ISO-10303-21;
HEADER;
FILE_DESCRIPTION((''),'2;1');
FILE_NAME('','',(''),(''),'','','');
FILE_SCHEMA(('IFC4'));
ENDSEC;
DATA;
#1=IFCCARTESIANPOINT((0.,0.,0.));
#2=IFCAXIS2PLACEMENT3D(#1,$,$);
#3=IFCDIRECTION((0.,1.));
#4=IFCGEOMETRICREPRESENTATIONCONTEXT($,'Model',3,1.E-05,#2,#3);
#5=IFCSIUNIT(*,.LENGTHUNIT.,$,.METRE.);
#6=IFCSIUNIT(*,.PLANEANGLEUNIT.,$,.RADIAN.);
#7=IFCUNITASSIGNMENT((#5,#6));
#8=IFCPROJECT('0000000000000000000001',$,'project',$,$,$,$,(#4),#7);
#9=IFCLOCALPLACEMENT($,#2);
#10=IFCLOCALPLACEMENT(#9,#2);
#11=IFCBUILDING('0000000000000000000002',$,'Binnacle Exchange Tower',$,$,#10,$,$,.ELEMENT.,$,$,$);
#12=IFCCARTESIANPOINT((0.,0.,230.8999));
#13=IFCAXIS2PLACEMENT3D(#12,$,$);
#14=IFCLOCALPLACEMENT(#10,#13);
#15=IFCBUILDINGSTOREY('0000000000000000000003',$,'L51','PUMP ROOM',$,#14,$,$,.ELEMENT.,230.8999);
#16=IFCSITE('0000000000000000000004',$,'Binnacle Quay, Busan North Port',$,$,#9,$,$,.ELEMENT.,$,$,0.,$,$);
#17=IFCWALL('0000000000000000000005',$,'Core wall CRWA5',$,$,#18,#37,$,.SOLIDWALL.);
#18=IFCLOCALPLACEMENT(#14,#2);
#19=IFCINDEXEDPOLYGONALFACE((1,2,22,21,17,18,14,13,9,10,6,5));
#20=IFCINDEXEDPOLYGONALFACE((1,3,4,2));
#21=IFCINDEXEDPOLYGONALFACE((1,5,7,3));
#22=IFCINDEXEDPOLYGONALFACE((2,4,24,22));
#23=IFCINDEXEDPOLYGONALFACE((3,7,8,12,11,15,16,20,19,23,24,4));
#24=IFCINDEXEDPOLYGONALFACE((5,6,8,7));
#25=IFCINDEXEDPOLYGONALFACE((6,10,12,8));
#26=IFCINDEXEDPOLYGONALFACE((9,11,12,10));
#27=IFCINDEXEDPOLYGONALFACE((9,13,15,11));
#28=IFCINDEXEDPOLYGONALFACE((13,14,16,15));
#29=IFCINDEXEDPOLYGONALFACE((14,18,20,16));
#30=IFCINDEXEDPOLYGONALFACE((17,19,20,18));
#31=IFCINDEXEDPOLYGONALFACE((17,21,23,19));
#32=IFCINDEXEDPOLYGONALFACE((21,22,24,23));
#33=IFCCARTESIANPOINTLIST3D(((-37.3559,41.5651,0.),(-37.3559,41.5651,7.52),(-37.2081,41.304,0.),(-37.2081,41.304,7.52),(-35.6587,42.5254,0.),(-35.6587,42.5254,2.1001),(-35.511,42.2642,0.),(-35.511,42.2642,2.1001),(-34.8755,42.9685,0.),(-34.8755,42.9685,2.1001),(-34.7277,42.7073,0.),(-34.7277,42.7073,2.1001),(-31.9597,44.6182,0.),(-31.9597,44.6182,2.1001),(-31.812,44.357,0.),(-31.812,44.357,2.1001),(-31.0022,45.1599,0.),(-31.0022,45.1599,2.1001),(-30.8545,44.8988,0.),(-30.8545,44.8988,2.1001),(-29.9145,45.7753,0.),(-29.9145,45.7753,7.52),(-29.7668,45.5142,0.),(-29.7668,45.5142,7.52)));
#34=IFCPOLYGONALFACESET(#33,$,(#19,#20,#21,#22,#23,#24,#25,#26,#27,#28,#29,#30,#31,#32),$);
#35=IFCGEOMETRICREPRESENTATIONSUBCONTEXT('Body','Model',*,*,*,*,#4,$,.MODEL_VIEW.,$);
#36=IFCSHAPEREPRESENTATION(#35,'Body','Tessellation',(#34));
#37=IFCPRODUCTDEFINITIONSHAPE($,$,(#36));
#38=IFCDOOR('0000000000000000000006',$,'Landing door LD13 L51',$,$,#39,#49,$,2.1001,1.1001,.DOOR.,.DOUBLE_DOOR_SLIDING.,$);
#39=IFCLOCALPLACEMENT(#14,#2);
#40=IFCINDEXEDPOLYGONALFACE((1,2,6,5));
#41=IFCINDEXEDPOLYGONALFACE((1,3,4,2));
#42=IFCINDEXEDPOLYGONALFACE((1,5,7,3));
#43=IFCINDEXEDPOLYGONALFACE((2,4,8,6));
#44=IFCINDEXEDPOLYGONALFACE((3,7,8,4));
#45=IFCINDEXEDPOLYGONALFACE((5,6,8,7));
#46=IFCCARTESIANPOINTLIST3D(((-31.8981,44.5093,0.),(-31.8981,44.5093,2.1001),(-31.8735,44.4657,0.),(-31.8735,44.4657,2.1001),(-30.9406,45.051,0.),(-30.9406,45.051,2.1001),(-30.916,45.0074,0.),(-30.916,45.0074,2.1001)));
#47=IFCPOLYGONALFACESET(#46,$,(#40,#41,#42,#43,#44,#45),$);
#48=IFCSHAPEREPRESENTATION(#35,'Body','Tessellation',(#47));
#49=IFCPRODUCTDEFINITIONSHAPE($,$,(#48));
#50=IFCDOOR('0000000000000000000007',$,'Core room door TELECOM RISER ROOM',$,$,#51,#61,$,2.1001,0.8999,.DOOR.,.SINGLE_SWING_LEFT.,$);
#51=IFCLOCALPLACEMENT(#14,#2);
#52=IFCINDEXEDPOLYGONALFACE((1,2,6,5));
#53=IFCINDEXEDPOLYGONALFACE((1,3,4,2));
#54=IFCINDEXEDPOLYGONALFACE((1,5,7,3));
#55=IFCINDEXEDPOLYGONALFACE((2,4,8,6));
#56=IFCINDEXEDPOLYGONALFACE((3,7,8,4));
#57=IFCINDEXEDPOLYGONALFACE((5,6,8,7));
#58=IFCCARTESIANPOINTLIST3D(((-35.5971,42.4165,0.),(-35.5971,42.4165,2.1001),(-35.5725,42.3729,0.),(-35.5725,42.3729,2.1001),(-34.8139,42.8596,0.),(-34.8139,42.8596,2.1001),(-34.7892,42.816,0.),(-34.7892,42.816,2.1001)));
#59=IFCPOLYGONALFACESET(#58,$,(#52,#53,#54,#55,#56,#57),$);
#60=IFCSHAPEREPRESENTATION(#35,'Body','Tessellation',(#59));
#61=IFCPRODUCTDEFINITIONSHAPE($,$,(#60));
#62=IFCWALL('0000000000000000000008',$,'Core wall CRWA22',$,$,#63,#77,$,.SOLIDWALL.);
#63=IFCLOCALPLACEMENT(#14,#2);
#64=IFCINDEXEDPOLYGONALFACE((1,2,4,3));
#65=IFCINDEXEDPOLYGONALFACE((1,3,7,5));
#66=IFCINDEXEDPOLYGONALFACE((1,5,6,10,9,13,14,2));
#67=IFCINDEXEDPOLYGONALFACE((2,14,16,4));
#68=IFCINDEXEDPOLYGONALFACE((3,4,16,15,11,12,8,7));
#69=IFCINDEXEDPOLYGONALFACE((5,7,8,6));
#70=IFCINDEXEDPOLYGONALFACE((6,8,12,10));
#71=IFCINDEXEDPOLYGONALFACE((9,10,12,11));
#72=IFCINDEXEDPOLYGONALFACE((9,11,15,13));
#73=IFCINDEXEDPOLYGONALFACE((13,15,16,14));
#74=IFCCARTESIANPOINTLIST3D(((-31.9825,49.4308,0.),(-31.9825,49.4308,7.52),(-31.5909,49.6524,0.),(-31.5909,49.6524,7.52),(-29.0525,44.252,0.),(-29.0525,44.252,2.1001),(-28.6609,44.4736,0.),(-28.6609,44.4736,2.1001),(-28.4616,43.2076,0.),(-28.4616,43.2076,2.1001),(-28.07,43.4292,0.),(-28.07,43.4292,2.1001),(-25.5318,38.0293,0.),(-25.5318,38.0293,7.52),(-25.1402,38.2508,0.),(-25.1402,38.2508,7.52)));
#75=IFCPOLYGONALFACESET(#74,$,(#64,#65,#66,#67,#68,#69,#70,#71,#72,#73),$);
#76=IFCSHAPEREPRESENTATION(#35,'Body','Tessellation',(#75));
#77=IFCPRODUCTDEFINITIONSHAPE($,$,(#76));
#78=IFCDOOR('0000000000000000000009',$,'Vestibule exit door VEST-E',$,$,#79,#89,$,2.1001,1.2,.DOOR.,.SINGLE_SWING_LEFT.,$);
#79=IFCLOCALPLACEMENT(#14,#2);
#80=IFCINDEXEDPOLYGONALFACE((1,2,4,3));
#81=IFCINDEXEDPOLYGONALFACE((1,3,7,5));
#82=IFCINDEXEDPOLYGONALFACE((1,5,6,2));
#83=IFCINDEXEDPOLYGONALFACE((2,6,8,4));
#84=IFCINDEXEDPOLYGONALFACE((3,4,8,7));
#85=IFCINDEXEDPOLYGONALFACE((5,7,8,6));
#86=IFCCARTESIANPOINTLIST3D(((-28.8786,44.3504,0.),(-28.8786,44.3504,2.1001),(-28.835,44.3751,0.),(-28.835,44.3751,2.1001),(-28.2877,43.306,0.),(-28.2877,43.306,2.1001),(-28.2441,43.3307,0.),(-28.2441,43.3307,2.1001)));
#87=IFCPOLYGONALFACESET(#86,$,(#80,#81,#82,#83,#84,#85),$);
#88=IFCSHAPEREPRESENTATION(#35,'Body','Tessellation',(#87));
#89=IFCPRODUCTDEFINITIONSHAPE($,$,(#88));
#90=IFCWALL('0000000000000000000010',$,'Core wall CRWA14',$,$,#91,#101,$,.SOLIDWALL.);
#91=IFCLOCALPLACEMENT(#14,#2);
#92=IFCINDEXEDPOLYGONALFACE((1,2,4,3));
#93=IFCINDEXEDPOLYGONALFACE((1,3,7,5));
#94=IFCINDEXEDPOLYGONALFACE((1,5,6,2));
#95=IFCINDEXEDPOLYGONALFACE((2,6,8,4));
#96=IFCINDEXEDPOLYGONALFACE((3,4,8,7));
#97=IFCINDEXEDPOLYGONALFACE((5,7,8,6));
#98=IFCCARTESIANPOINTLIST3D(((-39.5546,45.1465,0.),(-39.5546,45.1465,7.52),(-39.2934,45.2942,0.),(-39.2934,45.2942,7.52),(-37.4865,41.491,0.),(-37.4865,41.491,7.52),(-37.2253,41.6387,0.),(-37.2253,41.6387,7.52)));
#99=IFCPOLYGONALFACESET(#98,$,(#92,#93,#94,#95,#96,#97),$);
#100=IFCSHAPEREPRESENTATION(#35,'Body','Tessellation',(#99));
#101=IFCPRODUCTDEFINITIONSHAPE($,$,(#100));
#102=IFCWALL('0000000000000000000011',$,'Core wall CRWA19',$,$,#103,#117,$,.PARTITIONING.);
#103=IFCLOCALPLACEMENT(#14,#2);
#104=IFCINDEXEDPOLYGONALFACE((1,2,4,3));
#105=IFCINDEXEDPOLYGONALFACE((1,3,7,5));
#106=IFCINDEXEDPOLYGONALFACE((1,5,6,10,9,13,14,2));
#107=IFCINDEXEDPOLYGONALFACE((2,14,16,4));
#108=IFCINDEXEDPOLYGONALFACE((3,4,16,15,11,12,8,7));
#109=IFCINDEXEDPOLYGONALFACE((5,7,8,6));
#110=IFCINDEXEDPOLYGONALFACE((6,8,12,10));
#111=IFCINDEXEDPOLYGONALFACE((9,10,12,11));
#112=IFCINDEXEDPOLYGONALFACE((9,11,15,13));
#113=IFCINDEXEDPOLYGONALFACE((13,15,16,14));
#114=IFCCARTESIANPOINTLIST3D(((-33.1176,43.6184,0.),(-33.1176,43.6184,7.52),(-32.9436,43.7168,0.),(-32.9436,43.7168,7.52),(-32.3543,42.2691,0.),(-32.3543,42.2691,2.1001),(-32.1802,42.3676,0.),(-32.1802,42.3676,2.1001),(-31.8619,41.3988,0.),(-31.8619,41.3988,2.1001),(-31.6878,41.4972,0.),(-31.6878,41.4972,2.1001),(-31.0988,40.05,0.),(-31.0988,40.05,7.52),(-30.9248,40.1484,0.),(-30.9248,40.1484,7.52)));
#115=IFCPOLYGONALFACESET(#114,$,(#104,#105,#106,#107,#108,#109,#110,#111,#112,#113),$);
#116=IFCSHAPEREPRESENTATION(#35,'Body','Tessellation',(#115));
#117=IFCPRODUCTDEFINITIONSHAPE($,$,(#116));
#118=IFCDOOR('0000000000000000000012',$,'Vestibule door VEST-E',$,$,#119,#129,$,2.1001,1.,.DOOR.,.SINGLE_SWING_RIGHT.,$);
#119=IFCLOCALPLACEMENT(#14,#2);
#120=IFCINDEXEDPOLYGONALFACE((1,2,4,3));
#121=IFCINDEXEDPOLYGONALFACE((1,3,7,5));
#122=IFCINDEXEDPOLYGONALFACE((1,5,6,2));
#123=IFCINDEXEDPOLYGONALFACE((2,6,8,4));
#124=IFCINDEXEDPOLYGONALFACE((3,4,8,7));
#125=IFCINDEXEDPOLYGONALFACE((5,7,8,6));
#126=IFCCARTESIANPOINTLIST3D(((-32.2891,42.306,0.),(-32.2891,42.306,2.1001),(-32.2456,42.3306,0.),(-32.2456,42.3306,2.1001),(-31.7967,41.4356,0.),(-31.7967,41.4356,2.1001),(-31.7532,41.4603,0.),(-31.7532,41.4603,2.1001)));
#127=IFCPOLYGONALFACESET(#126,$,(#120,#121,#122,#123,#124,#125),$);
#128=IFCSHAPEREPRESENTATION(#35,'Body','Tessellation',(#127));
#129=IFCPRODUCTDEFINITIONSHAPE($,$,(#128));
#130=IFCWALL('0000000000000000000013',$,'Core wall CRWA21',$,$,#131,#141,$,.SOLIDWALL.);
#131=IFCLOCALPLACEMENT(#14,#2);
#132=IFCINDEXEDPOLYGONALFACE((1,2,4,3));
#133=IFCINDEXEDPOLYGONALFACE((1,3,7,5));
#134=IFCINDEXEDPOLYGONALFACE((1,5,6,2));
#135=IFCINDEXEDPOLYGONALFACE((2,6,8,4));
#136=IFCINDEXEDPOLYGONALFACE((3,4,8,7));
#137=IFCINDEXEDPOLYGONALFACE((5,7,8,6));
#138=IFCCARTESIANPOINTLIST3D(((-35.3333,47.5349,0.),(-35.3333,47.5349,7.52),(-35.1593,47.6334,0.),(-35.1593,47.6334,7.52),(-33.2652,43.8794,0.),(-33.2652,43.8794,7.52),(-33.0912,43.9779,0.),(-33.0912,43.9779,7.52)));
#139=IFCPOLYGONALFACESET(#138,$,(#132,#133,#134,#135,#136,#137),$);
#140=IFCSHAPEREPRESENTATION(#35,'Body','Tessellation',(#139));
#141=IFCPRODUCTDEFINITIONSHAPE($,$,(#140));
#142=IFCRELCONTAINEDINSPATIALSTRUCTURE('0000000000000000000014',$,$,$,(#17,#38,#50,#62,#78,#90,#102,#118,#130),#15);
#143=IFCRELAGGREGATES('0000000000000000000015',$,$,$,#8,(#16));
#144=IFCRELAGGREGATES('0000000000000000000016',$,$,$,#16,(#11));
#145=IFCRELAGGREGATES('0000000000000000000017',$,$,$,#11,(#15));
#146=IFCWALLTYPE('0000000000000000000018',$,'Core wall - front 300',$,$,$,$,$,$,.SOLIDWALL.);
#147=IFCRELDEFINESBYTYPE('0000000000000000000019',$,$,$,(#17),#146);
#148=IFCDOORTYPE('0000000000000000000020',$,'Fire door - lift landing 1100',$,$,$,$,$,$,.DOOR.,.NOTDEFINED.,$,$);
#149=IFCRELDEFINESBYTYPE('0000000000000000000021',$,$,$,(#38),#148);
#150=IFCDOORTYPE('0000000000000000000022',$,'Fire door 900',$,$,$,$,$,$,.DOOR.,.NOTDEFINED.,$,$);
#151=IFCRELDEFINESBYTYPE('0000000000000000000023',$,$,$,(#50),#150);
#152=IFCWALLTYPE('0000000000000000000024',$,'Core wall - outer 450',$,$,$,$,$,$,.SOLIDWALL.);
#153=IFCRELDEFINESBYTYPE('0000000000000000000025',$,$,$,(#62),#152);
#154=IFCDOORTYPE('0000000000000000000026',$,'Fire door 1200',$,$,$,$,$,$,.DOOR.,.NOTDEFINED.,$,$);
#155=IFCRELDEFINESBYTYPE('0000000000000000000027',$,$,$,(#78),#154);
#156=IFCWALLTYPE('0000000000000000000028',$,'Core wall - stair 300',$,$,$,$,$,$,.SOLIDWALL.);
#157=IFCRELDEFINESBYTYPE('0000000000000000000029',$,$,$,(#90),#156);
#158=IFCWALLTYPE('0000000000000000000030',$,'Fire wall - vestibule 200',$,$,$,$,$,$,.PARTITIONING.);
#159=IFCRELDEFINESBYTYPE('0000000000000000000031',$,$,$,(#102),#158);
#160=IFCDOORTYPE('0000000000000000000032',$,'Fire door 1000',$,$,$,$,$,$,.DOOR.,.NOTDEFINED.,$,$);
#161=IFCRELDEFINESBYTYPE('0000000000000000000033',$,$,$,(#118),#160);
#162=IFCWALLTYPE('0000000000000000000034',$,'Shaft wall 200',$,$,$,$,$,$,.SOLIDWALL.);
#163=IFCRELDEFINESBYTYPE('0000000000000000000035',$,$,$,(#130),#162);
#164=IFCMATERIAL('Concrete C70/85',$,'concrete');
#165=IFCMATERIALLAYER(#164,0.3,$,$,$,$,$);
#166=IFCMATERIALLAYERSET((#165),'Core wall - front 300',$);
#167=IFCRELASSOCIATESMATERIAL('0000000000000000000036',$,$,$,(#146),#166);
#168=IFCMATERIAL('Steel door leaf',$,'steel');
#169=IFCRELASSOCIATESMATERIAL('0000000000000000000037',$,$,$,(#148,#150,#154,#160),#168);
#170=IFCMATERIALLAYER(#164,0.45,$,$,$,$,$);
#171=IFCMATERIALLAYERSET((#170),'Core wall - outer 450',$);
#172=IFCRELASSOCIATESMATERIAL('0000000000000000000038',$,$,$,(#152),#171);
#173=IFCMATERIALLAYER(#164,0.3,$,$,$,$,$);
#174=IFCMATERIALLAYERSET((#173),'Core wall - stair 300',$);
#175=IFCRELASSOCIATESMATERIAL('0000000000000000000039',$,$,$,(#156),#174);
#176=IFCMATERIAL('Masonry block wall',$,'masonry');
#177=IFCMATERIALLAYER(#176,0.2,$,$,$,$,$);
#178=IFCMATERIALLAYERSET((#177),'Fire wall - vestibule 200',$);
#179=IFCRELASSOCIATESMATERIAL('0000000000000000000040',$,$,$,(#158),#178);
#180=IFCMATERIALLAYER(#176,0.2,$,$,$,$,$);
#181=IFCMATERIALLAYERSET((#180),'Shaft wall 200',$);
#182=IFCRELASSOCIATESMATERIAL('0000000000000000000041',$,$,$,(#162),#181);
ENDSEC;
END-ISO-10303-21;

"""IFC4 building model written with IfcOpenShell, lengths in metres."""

from ifc_helpers import new_model, si_unit, direction, frame, frame_2d, origin, place, context, subcontext, project, spatial, rectangle, extrude, material, layer, layer_set, type_object, element, fill, save


model = new_model("IFC4")

# Units and contexts
model_context = context("Model", 3, precision=1e-05, world=origin(), true_north=direction((0.0, 1.0)))
body_context = subcontext(model_context, "Body", "Model", "MODEL_VIEW")
ifc_project = project(units=[si_unit("LENGTHUNIT", "METRE"), si_unit("PLANEANGLEUNIT", "RADIAN")], contexts=[model_context])

# Site, building, storey
site_placement = place(None, origin())
site = spatial("IfcSite", under=ifc_project, at=site_placement, Name="Binnacle Quay, Busan North Port", CompositionType="ELEMENT", RefElevation=0.0)
building_placement = place(site_placement, origin())
building = spatial("IfcBuilding", under=site, at=building_placement, Name="Binnacle Exchange Tower", CompositionType="ELEMENT")
storey_placement = place(building_placement, frame((0.0, 0.0, 230.8999)))
storey = spatial("IfcBuildingStorey", under=building, at=storey_placement, Name="L51", Description="PUMP ROOM", CompositionType="ELEMENT", Elevation=230.8999)

# Wall, openings, doors
ifc_material_1 = material(Name="Concrete C70/85", Category="concrete")
ifc_layer_1 = layer(ifc_material_1, 0.3)
ifc_layer_set_1 = layer_set([ifc_layer_1], Name="Core wall - front 300")
wall_type_1 = type_object("IfcWallType", Name="Core wall - front 300", PredefinedType="SOLIDWALL", material=ifc_layer_set_1)
wall_1_placement = place(storey_placement, frame((-37.282, 41.4346, 0.0), z_axis=(0.0, 0.0, 1.0), x_axis=(0.870353, 0.492429, 0.0)))
wall_1 = element("IfcWall", 1, at=wall_1_placement, inside=storey, type_object=wall_type_1, Name="Core wall CRWA5", PredefinedType="SOLIDWALL", context=body_context, shape_type="SweptSolid", body=[
    extrude(rectangle(XDim=8.5498, YDim=0.3, at=frame_2d((4.2749, 0.0))), origin(), (0.0, 0.0, 1.0), 7.52),
])
opening_1_placement = place(wall_1_placement, frame((6.2, 0.0, 0.0)))
opening_1 = element("IfcOpeningElement", 2, at=opening_1_placement, cuts=wall_1, PredefinedType="OPENING", context=body_context, shape_type="SweptSolid", body=[
    extrude(rectangle(XDim=1.1001, YDim=2.1001, at=frame_2d((0.55, 1.05))), frame((0.0, 0.1599, 0.0), z_axis=(0.0, -1.0, 0.0), x_axis=(1.0, 0.0, 0.0)), (0.0, 0.0, 1.0), 0.3201),
])
opening_2_placement = place(wall_1_placement, frame((1.95, 0.0, 0.0)))
opening_2 = element("IfcOpeningElement", 3, at=opening_2_placement, cuts=wall_1, PredefinedType="OPENING", context=body_context, shape_type="SweptSolid", body=[
    extrude(rectangle(XDim=0.8999, YDim=2.1001, at=frame_2d((0.45, 1.05))), frame((0.0, 0.1599, 0.0), z_axis=(0.0, -1.0, 0.0), x_axis=(1.0, 0.0, 0.0)), (0.0, 0.0, 1.0), 0.3201),
])
ifc_material_2 = material(Name="Steel door leaf", Category="steel")
door_type_1 = type_object("IfcDoorType", Name="Fire door - lift landing 1100", OperationType="NOTDEFINED", PredefinedType="DOOR", material=ifc_material_2)
door_1_placement = place(opening_1_placement, origin())
door_1 = element("IfcDoor", 4, at=door_1_placement, inside=storey, type_object=door_type_1, Name="Landing door LD13 L51", OperationType="DOUBLE_DOOR_SLIDING", OverallHeight=2.1001, OverallWidth=1.1001, PredefinedType="DOOR", context=body_context, shape_type="SweptSolid", body=[
    extrude(rectangle(XDim=1.1001, YDim=2.1001, at=frame_2d((0.55, 1.05))), frame((0.0, 0.0249, 0.0), z_axis=(0.0, -1.0, 0.0), x_axis=(1.0, 0.0, 0.0)), (0.0, 0.0, 1.0), 0.05),
])
fill(opening_1, door_1)
door_type_2 = type_object("IfcDoorType", Name="Fire door 900", OperationType="NOTDEFINED", PredefinedType="DOOR", material=ifc_material_2)
door_2_placement = place(opening_2_placement, origin())
door_2 = element("IfcDoor", 5, at=door_2_placement, inside=storey, type_object=door_type_2, Name="Core room door TELECOM RISER ROOM", OperationType="SINGLE_SWING_LEFT", OverallHeight=2.1001, OverallWidth=0.8999, PredefinedType="DOOR", context=body_context, shape_type="SweptSolid", body=[
    extrude(rectangle(XDim=0.8999, YDim=2.1001, at=frame_2d((0.45, 1.05))), frame((0.0, 0.0249, 0.0), z_axis=(0.0, -1.0, 0.0), x_axis=(1.0, 0.0, 0.0)), (0.0, 0.0, 1.0), 0.05),
])
fill(opening_2, door_2)

# Wall, opening, door
ifc_layer_2 = layer(ifc_material_1, 0.45)
ifc_layer_set_2 = layer_set([ifc_layer_2], Name="Core wall - outer 450")
wall_type_2 = type_object("IfcWallType", Name="Core wall - outer 450", PredefinedType="SOLIDWALL", material=ifc_layer_set_2)
wall_2_placement = place(storey_placement, frame((-31.7866, 49.5415, 0.0), z_axis=(0.0, 0.0, 1.0), x_axis=(0.492421, -0.870357, 0.0)))
wall_2 = element("IfcWall", 6, at=wall_2_placement, inside=storey, type_object=wall_type_2, Name="Core wall CRWA22", PredefinedType="SOLIDWALL", context=body_context, shape_type="SweptSolid", body=[
    extrude(rectangle(XDim=13.0999, YDim=0.45, at=frame_2d((6.5498, 0.0))), origin(), (0.0, 0.0, 1.0), 7.52),
])
opening_3_placement = place(wall_2_placement, frame((5.95, 0.0, 0.0)))
opening_3 = element("IfcOpeningElement", 7, at=opening_3_placement, cuts=wall_2, PredefinedType="OPENING", context=body_context, shape_type="SweptSolid", body=[
    extrude(rectangle(XDim=1.2, YDim=2.1001, at=frame_2d((0.6001, 1.05))), frame((0.0, 0.2349, 0.0), z_axis=(0.0, -1.0, 0.0), x_axis=(1.0, 0.0, 0.0)), (0.0, 0.0, 1.0), 0.47),
])
door_type_3 = type_object("IfcDoorType", Name="Fire door 1200", OperationType="NOTDEFINED", PredefinedType="DOOR", material=ifc_material_2)
door_3_placement = place(opening_3_placement, origin())
door_3 = element("IfcDoor", 8, at=door_3_placement, inside=storey, type_object=door_type_3, Name="Vestibule exit door VEST-E", OperationType="SINGLE_SWING_LEFT", OverallHeight=2.1001, OverallWidth=1.2, PredefinedType="DOOR", context=body_context, shape_type="SweptSolid", body=[
    extrude(rectangle(XDim=1.2, YDim=2.1001, at=frame_2d((0.6001, 1.05))), frame((0.0, 0.0249, 0.0), z_axis=(0.0, -1.0, 0.0), x_axis=(1.0, 0.0, 0.0)), (0.0, 0.0, 1.0), 0.05),
])
fill(opening_3, door_3)

# Wall
ifc_layer_3 = layer(ifc_material_1, 0.3)
ifc_layer_set_3 = layer_set([ifc_layer_3], Name="Core wall - stair 300")
wall_type_3 = type_object("IfcWallType", Name="Core wall - stair 300", PredefinedType="SOLIDWALL", material=ifc_layer_set_3)
wall_3_placement = place(storey_placement, frame((-39.4241, 45.2205, 0.0), z_axis=(0.0, 0.0, 1.0), x_axis=(0.49241, -0.870364, 0.0)))
element("IfcWall", 9, at=wall_3_placement, inside=storey, type_object=wall_type_3, Name="Core wall CRWA14", PredefinedType="SOLIDWALL", context=body_context, shape_type="SweptSolid", body=[
    extrude(rectangle(XDim=4.2, YDim=0.3, at=frame_2d((2.1001, 0.0))), origin(), (0.0, 0.0, 1.0), 7.52),
])

# Wall, opening, door
ifc_material_3 = material(Name="Masonry block wall", Category="masonry")
ifc_layer_4 = layer(ifc_material_3, 0.2)
ifc_layer_set_4 = layer_set([ifc_layer_4], Name="Fire wall - vestibule 200")
wall_type_4 = type_object("IfcWallType", Name="Fire wall - vestibule 200", PredefinedType="PARTITIONING", material=ifc_layer_set_4)
wall_4_placement = place(storey_placement, frame((-33.0305, 43.6675, 0.0), z_axis=(0.0, 0.0, 1.0), x_axis=(0.492408, -0.870364, 0.0)))
wall_4 = element("IfcWall", 10, at=wall_4_placement, inside=storey, type_object=wall_type_4, Name="Core wall CRWA19", PredefinedType="PARTITIONING", context=body_context, shape_type="SweptSolid", body=[
    extrude(rectangle(XDim=4.0999, YDim=0.2, at=frame_2d((2.0498, 0.0))), origin(), (0.0, 0.0, 1.0), 7.52),
])
opening_4_placement = place(wall_4_placement, frame((1.55, 0.0, 0.0)))
opening_4 = element("IfcOpeningElement", 11, at=opening_4_placement, cuts=wall_4, PredefinedType="OPENING", context=body_context, shape_type="SweptSolid", body=[
    extrude(rectangle(XDim=1.0, YDim=2.1001, at=frame_2d((0.5, 1.05))), frame((0.0, 0.1099, 0.0), z_axis=(0.0, -1.0, 0.0), x_axis=(1.0, 0.0, 0.0)), (0.0, 0.0, 1.0), 0.22),
])
door_type_4 = type_object("IfcDoorType", Name="Fire door 1000", OperationType="NOTDEFINED", PredefinedType="DOOR", material=ifc_material_2)
door_4_placement = place(opening_4_placement, origin())
door_4 = element("IfcDoor", 12, at=door_4_placement, inside=storey, type_object=door_type_4, Name="Vestibule door VEST-E", OperationType="SINGLE_SWING_RIGHT", OverallHeight=2.1001, OverallWidth=1.0, PredefinedType="DOOR", context=body_context, shape_type="SweptSolid", body=[
    extrude(rectangle(XDim=1.0, YDim=2.1001, at=frame_2d((0.5, 1.05))), frame((0.0, 0.0249, 0.0), z_axis=(0.0, -1.0, 0.0), x_axis=(1.0, 0.0, 0.0)), (0.0, 0.0, 1.0), 0.05),
])
fill(opening_4, door_4)

# Wall
ifc_layer_5 = layer(ifc_material_3, 0.2)
ifc_layer_set_5 = layer_set([ifc_layer_5], Name="Shaft wall 200")
wall_type_5 = type_object("IfcWallType", Name="Shaft wall 200", PredefinedType="SOLIDWALL", material=ifc_layer_set_5)
wall_5_placement = place(storey_placement, frame((-35.2463, 47.5842, 0.0), z_axis=(0.0, 0.0, 1.0), x_axis=(0.49241, -0.870364, 0.0)))
element("IfcWall", 13, at=wall_5_placement, inside=storey, type_object=wall_type_5, Name="Core wall CRWA21", PredefinedType="SOLIDWALL", context=body_context, shape_type="SweptSolid", body=[
    extrude(rectangle(XDim=4.2, YDim=0.2, at=frame_2d((2.1001, 0.0))), origin(), (0.0, 0.0, 1.0), 7.52),
])

save(model, "model.ifc")
